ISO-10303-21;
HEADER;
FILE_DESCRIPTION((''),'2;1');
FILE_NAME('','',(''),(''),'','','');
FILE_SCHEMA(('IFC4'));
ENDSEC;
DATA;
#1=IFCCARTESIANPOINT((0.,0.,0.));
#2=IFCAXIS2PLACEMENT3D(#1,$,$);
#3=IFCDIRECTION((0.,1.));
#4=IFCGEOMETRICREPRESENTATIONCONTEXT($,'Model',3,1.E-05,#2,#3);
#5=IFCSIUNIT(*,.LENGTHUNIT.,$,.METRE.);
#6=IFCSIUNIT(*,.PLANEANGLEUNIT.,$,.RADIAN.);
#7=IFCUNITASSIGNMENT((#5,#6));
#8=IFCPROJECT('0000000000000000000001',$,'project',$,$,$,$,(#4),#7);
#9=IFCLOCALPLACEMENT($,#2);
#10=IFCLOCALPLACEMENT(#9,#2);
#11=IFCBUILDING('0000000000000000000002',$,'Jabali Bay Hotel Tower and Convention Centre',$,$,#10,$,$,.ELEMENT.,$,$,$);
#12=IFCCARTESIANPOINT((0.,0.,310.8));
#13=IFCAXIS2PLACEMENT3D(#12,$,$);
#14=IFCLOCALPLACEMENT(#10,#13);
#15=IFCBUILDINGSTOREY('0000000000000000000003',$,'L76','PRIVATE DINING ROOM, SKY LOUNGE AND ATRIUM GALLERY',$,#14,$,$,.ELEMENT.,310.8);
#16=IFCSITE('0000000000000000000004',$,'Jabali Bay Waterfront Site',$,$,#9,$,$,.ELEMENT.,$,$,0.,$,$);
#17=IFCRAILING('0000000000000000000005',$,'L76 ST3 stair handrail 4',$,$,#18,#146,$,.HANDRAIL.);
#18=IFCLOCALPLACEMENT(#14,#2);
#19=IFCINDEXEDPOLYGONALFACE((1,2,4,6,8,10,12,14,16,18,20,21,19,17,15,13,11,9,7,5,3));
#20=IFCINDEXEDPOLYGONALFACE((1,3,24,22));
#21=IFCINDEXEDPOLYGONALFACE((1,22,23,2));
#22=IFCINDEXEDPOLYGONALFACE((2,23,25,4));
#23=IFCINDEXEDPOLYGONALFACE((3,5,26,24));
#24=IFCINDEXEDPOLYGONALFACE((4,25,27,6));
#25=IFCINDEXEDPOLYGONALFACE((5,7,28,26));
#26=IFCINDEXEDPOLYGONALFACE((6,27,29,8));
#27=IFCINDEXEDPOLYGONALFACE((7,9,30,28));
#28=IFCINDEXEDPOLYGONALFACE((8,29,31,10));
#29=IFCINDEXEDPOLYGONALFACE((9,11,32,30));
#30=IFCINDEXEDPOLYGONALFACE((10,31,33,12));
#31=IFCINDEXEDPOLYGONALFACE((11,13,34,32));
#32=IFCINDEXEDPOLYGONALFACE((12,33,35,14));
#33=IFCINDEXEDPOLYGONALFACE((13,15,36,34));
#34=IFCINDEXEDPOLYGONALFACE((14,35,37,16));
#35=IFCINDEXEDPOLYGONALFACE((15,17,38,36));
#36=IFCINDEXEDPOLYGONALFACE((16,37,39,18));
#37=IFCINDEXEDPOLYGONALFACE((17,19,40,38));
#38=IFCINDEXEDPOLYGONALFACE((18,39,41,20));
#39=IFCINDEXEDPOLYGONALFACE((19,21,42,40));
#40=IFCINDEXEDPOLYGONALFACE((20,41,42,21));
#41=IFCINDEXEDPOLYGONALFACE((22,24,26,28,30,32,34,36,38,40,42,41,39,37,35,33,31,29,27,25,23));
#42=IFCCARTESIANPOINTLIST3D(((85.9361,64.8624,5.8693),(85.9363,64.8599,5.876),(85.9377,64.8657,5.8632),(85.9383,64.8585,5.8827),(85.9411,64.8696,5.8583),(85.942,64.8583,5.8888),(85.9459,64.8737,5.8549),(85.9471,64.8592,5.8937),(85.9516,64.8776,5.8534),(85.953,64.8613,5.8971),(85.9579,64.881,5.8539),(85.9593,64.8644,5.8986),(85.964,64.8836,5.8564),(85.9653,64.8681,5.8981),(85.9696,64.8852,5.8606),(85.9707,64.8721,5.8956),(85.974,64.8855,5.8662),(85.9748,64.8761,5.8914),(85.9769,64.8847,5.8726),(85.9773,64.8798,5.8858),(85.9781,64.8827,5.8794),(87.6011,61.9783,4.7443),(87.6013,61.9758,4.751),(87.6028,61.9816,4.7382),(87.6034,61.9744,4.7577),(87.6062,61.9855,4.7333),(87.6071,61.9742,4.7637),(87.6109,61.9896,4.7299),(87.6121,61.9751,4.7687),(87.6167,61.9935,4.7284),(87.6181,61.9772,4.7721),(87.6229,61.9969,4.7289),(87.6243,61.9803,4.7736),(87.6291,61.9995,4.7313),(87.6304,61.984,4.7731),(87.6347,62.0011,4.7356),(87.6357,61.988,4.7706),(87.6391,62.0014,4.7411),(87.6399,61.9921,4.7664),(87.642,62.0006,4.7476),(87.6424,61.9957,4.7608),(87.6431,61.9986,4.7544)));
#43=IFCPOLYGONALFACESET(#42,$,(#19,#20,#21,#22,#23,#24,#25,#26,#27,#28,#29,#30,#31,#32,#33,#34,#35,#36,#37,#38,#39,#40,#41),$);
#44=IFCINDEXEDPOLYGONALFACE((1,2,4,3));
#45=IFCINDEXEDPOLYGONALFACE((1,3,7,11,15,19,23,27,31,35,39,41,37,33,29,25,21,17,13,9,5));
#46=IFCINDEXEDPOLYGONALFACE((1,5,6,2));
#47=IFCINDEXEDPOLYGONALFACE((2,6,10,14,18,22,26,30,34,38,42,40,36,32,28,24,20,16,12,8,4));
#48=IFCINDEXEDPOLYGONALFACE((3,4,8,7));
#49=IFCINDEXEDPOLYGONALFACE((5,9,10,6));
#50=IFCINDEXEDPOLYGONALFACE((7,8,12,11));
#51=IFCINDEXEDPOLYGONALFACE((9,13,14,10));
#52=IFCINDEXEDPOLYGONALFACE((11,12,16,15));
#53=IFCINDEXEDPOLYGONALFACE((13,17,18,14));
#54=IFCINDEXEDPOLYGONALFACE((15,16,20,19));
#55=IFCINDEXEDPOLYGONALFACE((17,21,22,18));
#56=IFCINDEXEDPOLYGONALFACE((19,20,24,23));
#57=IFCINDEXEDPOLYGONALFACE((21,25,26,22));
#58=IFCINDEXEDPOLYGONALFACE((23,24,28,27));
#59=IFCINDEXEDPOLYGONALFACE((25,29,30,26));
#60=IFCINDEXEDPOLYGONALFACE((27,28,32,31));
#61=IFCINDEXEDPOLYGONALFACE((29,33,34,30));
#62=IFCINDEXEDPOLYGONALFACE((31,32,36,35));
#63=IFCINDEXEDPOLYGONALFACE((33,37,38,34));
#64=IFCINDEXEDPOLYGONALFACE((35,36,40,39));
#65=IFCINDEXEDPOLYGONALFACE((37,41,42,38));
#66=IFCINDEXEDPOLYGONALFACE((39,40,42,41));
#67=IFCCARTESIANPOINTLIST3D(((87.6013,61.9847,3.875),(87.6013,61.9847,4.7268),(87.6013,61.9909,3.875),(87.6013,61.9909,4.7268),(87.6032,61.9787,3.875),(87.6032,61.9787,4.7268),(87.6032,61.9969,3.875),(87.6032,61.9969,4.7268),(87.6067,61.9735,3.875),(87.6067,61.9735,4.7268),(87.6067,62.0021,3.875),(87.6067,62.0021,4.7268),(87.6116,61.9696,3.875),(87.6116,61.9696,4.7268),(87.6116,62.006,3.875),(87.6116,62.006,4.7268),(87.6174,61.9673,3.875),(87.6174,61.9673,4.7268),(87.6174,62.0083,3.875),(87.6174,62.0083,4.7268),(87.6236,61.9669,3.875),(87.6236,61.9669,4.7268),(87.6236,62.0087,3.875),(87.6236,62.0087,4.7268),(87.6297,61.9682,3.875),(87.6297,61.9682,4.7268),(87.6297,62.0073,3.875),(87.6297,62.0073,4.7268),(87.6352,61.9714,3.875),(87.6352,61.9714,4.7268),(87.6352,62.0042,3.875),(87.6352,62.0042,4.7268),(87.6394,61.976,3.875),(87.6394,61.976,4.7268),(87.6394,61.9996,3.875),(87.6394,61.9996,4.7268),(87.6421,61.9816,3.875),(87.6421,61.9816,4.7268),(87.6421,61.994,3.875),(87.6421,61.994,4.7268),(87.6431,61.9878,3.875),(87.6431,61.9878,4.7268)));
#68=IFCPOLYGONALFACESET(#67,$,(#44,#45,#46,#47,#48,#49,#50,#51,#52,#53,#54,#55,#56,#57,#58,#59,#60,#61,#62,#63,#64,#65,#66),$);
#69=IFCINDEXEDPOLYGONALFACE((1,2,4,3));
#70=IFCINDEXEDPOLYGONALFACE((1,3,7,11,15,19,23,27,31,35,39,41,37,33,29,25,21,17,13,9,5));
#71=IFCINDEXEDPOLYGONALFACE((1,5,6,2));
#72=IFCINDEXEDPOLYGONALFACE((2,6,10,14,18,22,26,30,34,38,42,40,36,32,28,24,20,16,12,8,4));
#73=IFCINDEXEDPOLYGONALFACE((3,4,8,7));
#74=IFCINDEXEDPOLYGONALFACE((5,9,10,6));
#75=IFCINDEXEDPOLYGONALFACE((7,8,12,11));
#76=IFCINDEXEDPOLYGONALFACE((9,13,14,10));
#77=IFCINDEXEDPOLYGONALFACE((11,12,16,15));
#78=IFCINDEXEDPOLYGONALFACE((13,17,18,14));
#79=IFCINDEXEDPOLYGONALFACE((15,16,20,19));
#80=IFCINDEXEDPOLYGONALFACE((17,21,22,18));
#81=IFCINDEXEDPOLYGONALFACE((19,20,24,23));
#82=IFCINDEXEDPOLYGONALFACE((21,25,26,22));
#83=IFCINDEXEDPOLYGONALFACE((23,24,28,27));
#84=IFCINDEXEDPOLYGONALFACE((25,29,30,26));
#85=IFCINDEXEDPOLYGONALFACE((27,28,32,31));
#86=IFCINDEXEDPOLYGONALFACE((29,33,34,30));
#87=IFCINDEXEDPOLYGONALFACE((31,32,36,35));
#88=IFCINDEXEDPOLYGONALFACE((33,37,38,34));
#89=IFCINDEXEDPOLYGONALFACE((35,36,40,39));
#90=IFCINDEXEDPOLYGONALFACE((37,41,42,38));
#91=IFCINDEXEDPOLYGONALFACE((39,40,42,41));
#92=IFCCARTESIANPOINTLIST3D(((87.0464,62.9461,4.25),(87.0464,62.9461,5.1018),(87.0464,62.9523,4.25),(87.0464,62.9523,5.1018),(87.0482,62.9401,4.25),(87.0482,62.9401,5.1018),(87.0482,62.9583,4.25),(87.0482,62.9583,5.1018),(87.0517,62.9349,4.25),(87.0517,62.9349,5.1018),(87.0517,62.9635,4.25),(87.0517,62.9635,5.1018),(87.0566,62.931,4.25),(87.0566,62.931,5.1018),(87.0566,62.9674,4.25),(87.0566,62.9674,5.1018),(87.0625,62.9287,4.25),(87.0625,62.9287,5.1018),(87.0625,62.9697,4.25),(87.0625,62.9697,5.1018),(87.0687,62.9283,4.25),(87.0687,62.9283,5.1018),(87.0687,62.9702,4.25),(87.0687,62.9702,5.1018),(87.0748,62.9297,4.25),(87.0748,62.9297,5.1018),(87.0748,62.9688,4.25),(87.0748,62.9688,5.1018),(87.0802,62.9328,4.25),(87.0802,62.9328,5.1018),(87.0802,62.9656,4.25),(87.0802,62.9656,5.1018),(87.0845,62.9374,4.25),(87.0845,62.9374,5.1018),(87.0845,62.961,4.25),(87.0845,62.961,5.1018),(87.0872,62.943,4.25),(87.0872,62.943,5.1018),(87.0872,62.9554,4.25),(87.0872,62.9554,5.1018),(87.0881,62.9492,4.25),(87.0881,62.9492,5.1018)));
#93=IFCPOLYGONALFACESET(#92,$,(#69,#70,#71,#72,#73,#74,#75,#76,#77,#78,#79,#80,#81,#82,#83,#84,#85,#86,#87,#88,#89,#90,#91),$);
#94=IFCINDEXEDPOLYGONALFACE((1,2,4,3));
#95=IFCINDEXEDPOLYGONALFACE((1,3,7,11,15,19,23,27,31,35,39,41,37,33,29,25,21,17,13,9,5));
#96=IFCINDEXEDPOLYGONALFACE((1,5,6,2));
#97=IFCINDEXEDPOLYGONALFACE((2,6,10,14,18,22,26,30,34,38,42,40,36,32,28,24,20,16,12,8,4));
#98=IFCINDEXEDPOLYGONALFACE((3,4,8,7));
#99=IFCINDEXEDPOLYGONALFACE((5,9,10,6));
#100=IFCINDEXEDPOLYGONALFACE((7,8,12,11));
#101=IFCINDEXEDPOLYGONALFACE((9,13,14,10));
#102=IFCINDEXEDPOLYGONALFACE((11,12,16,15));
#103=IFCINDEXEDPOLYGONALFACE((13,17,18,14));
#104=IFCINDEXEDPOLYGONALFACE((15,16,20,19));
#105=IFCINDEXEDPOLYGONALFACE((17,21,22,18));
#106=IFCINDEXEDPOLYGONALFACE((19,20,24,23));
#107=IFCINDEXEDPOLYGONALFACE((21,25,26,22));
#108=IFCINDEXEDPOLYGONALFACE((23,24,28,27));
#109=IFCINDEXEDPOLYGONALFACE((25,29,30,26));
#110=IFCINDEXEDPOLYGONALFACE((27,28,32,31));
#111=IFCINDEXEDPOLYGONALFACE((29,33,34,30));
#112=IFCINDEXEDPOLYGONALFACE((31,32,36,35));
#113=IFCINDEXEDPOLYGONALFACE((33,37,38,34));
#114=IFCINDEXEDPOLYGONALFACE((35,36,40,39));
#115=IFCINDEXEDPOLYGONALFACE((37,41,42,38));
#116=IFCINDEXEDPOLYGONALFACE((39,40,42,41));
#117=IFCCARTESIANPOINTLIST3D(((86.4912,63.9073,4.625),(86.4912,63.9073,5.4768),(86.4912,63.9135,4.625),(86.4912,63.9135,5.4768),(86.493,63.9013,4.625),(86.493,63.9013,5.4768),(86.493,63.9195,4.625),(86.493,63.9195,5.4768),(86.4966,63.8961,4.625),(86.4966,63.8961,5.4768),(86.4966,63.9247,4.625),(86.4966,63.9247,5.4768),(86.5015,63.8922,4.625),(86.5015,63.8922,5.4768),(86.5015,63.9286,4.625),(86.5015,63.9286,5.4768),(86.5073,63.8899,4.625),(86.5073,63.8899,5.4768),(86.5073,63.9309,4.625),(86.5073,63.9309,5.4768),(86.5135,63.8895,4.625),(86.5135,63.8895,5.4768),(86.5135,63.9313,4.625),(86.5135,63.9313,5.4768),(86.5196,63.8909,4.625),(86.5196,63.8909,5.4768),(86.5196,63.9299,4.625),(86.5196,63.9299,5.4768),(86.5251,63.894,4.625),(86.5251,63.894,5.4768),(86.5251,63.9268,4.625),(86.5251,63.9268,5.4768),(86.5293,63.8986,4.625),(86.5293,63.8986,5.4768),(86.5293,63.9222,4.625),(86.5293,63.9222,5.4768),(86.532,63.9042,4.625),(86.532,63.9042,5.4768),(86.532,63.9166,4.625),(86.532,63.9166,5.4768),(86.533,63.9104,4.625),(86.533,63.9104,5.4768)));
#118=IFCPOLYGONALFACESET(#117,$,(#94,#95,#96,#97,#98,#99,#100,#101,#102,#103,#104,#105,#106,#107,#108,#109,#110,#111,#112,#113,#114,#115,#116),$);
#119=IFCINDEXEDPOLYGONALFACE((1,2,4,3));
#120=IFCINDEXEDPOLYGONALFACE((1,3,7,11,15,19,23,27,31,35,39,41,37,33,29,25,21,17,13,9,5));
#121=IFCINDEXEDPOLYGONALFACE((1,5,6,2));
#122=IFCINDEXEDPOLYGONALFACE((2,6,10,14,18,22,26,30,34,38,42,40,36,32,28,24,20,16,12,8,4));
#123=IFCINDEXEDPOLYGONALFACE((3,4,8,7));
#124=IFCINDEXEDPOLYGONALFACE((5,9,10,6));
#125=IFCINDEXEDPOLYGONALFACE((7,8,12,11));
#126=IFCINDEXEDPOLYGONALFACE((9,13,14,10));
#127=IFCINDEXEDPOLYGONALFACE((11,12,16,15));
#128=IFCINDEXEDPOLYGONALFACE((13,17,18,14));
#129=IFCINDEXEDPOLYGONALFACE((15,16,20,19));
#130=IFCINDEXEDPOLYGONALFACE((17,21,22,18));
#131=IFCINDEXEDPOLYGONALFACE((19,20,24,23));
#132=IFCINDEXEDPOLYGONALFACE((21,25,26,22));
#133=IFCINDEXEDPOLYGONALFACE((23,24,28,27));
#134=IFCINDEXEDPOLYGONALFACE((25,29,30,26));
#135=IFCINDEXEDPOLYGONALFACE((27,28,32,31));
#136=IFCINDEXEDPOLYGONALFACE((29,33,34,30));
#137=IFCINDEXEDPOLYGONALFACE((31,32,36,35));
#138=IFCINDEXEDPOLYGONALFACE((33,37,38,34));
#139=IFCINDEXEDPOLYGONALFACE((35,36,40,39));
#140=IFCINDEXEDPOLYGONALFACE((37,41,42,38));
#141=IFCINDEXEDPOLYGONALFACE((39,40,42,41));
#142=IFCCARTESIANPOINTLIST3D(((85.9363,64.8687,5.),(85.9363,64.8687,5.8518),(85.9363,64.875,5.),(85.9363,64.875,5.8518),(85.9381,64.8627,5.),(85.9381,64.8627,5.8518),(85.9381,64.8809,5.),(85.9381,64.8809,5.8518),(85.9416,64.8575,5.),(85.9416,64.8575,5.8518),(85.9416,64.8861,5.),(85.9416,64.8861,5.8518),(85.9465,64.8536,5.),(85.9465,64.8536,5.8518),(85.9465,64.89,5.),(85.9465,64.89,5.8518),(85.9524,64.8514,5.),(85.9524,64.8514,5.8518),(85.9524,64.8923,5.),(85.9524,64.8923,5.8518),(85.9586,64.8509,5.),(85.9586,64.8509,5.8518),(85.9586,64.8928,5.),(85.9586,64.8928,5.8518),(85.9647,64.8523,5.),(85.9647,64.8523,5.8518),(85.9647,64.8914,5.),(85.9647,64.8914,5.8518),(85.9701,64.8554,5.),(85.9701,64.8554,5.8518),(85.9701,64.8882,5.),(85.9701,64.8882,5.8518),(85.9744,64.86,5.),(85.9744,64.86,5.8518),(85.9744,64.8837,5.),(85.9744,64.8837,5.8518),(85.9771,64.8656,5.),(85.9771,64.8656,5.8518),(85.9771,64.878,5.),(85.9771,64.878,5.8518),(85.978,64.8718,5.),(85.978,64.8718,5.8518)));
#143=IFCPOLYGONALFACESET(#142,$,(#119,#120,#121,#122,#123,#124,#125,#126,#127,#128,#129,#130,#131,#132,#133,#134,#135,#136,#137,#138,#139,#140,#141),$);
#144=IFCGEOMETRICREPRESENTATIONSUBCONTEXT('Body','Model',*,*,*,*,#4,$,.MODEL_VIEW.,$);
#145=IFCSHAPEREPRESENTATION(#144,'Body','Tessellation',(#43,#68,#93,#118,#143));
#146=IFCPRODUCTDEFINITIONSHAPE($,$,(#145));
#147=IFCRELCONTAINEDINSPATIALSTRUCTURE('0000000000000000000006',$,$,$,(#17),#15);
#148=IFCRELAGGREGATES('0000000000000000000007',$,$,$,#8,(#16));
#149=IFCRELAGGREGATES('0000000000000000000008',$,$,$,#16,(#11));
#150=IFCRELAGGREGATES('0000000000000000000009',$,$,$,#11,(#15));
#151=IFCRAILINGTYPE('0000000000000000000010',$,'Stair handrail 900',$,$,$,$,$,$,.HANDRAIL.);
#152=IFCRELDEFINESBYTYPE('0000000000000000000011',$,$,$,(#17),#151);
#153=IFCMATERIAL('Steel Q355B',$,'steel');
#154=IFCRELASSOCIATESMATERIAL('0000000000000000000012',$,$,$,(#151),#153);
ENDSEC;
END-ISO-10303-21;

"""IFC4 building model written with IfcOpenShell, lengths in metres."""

from ifc_helpers import new_model, si_unit, direction, frame, origin, origin_2d, place, context, subcontext, project, spatial, circle, extrude, material, type_object, element, save


model = new_model("IFC4")

# Units and contexts
model_context = context("Model", 3, precision=1e-05, world=origin(), true_north=direction((0.0, 1.0)))
body_context = subcontext(model_context, "Body", "Model", "MODEL_VIEW")
ifc_project = project(units=[si_unit("LENGTHUNIT", "METRE"), si_unit("PLANEANGLEUNIT", "RADIAN")], contexts=[model_context])

# Site, building, storey
site_placement = place(None, origin())
site = spatial("IfcSite", under=ifc_project, at=site_placement, Name="Jabali Bay Waterfront Site", CompositionType="ELEMENT", RefElevation=0.0)
building_placement = place(site_placement, origin())
building = spatial("IfcBuilding", under=site, at=building_placement, Name="Jabali Bay Hotel Tower and Convention Centre", CompositionType="ELEMENT")
storey_placement = place(building_placement, frame((0.0, 0.0, 310.8)))
storey = spatial("IfcBuildingStorey", under=building, at=storey_placement, Name="L76", Description="PRIVATE DINING ROOM, SKY LOUNGE AND ATRIUM GALLERY", CompositionType="ELEMENT", Elevation=310.8)

# Railing
ifc_material_1 = material(Name="Steel Q355B", Category="steel")
railing_type_1 = type_object("IfcRailingType", Name="Stair handrail 900", PredefinedType="HANDRAIL", material=ifc_material_1)
railing_1_placement = place(storey_placement, frame((87.6221, 61.9878, 3.875)))
element("IfcRailing", 1, at=railing_1_placement, inside=storey, type_object=railing_type_1, Name="L76 ST3 stair handrail 4", PredefinedType="HANDRAIL", context=body_context, shape_type="SweptSolid", body=[
    extrude(circle(Radius=0.0239, at=origin_2d()), frame((0.0, 0.0, 0.876), z_axis=(-0.473688, 0.82048, 0.320052), x_axis=(-0.866033, -0.499987, 0.0)), (0.0, 0.0, 1.0), 3.5151),
    extrude(circle(Radius=0.021, at=origin_2d()), origin(), (0.0, 0.0, 1.0), 0.8518),
    extrude(circle(Radius=0.021, at=origin_2d()), frame((-0.5549, 0.9614, 0.375)), (0.0, 0.0, 1.0), 0.8518),
    extrude(circle(Radius=0.021, at=origin_2d()), frame((-1.1101, 1.9226, 0.75)), (0.0, 0.0, 1.0), 0.8518),
    extrude(circle(Radius=0.021, at=origin_2d()), frame((-1.665, 2.884, 1.125)), (0.0, 0.0, 1.0), 0.8518),
])

save(model, "model.ifc")
